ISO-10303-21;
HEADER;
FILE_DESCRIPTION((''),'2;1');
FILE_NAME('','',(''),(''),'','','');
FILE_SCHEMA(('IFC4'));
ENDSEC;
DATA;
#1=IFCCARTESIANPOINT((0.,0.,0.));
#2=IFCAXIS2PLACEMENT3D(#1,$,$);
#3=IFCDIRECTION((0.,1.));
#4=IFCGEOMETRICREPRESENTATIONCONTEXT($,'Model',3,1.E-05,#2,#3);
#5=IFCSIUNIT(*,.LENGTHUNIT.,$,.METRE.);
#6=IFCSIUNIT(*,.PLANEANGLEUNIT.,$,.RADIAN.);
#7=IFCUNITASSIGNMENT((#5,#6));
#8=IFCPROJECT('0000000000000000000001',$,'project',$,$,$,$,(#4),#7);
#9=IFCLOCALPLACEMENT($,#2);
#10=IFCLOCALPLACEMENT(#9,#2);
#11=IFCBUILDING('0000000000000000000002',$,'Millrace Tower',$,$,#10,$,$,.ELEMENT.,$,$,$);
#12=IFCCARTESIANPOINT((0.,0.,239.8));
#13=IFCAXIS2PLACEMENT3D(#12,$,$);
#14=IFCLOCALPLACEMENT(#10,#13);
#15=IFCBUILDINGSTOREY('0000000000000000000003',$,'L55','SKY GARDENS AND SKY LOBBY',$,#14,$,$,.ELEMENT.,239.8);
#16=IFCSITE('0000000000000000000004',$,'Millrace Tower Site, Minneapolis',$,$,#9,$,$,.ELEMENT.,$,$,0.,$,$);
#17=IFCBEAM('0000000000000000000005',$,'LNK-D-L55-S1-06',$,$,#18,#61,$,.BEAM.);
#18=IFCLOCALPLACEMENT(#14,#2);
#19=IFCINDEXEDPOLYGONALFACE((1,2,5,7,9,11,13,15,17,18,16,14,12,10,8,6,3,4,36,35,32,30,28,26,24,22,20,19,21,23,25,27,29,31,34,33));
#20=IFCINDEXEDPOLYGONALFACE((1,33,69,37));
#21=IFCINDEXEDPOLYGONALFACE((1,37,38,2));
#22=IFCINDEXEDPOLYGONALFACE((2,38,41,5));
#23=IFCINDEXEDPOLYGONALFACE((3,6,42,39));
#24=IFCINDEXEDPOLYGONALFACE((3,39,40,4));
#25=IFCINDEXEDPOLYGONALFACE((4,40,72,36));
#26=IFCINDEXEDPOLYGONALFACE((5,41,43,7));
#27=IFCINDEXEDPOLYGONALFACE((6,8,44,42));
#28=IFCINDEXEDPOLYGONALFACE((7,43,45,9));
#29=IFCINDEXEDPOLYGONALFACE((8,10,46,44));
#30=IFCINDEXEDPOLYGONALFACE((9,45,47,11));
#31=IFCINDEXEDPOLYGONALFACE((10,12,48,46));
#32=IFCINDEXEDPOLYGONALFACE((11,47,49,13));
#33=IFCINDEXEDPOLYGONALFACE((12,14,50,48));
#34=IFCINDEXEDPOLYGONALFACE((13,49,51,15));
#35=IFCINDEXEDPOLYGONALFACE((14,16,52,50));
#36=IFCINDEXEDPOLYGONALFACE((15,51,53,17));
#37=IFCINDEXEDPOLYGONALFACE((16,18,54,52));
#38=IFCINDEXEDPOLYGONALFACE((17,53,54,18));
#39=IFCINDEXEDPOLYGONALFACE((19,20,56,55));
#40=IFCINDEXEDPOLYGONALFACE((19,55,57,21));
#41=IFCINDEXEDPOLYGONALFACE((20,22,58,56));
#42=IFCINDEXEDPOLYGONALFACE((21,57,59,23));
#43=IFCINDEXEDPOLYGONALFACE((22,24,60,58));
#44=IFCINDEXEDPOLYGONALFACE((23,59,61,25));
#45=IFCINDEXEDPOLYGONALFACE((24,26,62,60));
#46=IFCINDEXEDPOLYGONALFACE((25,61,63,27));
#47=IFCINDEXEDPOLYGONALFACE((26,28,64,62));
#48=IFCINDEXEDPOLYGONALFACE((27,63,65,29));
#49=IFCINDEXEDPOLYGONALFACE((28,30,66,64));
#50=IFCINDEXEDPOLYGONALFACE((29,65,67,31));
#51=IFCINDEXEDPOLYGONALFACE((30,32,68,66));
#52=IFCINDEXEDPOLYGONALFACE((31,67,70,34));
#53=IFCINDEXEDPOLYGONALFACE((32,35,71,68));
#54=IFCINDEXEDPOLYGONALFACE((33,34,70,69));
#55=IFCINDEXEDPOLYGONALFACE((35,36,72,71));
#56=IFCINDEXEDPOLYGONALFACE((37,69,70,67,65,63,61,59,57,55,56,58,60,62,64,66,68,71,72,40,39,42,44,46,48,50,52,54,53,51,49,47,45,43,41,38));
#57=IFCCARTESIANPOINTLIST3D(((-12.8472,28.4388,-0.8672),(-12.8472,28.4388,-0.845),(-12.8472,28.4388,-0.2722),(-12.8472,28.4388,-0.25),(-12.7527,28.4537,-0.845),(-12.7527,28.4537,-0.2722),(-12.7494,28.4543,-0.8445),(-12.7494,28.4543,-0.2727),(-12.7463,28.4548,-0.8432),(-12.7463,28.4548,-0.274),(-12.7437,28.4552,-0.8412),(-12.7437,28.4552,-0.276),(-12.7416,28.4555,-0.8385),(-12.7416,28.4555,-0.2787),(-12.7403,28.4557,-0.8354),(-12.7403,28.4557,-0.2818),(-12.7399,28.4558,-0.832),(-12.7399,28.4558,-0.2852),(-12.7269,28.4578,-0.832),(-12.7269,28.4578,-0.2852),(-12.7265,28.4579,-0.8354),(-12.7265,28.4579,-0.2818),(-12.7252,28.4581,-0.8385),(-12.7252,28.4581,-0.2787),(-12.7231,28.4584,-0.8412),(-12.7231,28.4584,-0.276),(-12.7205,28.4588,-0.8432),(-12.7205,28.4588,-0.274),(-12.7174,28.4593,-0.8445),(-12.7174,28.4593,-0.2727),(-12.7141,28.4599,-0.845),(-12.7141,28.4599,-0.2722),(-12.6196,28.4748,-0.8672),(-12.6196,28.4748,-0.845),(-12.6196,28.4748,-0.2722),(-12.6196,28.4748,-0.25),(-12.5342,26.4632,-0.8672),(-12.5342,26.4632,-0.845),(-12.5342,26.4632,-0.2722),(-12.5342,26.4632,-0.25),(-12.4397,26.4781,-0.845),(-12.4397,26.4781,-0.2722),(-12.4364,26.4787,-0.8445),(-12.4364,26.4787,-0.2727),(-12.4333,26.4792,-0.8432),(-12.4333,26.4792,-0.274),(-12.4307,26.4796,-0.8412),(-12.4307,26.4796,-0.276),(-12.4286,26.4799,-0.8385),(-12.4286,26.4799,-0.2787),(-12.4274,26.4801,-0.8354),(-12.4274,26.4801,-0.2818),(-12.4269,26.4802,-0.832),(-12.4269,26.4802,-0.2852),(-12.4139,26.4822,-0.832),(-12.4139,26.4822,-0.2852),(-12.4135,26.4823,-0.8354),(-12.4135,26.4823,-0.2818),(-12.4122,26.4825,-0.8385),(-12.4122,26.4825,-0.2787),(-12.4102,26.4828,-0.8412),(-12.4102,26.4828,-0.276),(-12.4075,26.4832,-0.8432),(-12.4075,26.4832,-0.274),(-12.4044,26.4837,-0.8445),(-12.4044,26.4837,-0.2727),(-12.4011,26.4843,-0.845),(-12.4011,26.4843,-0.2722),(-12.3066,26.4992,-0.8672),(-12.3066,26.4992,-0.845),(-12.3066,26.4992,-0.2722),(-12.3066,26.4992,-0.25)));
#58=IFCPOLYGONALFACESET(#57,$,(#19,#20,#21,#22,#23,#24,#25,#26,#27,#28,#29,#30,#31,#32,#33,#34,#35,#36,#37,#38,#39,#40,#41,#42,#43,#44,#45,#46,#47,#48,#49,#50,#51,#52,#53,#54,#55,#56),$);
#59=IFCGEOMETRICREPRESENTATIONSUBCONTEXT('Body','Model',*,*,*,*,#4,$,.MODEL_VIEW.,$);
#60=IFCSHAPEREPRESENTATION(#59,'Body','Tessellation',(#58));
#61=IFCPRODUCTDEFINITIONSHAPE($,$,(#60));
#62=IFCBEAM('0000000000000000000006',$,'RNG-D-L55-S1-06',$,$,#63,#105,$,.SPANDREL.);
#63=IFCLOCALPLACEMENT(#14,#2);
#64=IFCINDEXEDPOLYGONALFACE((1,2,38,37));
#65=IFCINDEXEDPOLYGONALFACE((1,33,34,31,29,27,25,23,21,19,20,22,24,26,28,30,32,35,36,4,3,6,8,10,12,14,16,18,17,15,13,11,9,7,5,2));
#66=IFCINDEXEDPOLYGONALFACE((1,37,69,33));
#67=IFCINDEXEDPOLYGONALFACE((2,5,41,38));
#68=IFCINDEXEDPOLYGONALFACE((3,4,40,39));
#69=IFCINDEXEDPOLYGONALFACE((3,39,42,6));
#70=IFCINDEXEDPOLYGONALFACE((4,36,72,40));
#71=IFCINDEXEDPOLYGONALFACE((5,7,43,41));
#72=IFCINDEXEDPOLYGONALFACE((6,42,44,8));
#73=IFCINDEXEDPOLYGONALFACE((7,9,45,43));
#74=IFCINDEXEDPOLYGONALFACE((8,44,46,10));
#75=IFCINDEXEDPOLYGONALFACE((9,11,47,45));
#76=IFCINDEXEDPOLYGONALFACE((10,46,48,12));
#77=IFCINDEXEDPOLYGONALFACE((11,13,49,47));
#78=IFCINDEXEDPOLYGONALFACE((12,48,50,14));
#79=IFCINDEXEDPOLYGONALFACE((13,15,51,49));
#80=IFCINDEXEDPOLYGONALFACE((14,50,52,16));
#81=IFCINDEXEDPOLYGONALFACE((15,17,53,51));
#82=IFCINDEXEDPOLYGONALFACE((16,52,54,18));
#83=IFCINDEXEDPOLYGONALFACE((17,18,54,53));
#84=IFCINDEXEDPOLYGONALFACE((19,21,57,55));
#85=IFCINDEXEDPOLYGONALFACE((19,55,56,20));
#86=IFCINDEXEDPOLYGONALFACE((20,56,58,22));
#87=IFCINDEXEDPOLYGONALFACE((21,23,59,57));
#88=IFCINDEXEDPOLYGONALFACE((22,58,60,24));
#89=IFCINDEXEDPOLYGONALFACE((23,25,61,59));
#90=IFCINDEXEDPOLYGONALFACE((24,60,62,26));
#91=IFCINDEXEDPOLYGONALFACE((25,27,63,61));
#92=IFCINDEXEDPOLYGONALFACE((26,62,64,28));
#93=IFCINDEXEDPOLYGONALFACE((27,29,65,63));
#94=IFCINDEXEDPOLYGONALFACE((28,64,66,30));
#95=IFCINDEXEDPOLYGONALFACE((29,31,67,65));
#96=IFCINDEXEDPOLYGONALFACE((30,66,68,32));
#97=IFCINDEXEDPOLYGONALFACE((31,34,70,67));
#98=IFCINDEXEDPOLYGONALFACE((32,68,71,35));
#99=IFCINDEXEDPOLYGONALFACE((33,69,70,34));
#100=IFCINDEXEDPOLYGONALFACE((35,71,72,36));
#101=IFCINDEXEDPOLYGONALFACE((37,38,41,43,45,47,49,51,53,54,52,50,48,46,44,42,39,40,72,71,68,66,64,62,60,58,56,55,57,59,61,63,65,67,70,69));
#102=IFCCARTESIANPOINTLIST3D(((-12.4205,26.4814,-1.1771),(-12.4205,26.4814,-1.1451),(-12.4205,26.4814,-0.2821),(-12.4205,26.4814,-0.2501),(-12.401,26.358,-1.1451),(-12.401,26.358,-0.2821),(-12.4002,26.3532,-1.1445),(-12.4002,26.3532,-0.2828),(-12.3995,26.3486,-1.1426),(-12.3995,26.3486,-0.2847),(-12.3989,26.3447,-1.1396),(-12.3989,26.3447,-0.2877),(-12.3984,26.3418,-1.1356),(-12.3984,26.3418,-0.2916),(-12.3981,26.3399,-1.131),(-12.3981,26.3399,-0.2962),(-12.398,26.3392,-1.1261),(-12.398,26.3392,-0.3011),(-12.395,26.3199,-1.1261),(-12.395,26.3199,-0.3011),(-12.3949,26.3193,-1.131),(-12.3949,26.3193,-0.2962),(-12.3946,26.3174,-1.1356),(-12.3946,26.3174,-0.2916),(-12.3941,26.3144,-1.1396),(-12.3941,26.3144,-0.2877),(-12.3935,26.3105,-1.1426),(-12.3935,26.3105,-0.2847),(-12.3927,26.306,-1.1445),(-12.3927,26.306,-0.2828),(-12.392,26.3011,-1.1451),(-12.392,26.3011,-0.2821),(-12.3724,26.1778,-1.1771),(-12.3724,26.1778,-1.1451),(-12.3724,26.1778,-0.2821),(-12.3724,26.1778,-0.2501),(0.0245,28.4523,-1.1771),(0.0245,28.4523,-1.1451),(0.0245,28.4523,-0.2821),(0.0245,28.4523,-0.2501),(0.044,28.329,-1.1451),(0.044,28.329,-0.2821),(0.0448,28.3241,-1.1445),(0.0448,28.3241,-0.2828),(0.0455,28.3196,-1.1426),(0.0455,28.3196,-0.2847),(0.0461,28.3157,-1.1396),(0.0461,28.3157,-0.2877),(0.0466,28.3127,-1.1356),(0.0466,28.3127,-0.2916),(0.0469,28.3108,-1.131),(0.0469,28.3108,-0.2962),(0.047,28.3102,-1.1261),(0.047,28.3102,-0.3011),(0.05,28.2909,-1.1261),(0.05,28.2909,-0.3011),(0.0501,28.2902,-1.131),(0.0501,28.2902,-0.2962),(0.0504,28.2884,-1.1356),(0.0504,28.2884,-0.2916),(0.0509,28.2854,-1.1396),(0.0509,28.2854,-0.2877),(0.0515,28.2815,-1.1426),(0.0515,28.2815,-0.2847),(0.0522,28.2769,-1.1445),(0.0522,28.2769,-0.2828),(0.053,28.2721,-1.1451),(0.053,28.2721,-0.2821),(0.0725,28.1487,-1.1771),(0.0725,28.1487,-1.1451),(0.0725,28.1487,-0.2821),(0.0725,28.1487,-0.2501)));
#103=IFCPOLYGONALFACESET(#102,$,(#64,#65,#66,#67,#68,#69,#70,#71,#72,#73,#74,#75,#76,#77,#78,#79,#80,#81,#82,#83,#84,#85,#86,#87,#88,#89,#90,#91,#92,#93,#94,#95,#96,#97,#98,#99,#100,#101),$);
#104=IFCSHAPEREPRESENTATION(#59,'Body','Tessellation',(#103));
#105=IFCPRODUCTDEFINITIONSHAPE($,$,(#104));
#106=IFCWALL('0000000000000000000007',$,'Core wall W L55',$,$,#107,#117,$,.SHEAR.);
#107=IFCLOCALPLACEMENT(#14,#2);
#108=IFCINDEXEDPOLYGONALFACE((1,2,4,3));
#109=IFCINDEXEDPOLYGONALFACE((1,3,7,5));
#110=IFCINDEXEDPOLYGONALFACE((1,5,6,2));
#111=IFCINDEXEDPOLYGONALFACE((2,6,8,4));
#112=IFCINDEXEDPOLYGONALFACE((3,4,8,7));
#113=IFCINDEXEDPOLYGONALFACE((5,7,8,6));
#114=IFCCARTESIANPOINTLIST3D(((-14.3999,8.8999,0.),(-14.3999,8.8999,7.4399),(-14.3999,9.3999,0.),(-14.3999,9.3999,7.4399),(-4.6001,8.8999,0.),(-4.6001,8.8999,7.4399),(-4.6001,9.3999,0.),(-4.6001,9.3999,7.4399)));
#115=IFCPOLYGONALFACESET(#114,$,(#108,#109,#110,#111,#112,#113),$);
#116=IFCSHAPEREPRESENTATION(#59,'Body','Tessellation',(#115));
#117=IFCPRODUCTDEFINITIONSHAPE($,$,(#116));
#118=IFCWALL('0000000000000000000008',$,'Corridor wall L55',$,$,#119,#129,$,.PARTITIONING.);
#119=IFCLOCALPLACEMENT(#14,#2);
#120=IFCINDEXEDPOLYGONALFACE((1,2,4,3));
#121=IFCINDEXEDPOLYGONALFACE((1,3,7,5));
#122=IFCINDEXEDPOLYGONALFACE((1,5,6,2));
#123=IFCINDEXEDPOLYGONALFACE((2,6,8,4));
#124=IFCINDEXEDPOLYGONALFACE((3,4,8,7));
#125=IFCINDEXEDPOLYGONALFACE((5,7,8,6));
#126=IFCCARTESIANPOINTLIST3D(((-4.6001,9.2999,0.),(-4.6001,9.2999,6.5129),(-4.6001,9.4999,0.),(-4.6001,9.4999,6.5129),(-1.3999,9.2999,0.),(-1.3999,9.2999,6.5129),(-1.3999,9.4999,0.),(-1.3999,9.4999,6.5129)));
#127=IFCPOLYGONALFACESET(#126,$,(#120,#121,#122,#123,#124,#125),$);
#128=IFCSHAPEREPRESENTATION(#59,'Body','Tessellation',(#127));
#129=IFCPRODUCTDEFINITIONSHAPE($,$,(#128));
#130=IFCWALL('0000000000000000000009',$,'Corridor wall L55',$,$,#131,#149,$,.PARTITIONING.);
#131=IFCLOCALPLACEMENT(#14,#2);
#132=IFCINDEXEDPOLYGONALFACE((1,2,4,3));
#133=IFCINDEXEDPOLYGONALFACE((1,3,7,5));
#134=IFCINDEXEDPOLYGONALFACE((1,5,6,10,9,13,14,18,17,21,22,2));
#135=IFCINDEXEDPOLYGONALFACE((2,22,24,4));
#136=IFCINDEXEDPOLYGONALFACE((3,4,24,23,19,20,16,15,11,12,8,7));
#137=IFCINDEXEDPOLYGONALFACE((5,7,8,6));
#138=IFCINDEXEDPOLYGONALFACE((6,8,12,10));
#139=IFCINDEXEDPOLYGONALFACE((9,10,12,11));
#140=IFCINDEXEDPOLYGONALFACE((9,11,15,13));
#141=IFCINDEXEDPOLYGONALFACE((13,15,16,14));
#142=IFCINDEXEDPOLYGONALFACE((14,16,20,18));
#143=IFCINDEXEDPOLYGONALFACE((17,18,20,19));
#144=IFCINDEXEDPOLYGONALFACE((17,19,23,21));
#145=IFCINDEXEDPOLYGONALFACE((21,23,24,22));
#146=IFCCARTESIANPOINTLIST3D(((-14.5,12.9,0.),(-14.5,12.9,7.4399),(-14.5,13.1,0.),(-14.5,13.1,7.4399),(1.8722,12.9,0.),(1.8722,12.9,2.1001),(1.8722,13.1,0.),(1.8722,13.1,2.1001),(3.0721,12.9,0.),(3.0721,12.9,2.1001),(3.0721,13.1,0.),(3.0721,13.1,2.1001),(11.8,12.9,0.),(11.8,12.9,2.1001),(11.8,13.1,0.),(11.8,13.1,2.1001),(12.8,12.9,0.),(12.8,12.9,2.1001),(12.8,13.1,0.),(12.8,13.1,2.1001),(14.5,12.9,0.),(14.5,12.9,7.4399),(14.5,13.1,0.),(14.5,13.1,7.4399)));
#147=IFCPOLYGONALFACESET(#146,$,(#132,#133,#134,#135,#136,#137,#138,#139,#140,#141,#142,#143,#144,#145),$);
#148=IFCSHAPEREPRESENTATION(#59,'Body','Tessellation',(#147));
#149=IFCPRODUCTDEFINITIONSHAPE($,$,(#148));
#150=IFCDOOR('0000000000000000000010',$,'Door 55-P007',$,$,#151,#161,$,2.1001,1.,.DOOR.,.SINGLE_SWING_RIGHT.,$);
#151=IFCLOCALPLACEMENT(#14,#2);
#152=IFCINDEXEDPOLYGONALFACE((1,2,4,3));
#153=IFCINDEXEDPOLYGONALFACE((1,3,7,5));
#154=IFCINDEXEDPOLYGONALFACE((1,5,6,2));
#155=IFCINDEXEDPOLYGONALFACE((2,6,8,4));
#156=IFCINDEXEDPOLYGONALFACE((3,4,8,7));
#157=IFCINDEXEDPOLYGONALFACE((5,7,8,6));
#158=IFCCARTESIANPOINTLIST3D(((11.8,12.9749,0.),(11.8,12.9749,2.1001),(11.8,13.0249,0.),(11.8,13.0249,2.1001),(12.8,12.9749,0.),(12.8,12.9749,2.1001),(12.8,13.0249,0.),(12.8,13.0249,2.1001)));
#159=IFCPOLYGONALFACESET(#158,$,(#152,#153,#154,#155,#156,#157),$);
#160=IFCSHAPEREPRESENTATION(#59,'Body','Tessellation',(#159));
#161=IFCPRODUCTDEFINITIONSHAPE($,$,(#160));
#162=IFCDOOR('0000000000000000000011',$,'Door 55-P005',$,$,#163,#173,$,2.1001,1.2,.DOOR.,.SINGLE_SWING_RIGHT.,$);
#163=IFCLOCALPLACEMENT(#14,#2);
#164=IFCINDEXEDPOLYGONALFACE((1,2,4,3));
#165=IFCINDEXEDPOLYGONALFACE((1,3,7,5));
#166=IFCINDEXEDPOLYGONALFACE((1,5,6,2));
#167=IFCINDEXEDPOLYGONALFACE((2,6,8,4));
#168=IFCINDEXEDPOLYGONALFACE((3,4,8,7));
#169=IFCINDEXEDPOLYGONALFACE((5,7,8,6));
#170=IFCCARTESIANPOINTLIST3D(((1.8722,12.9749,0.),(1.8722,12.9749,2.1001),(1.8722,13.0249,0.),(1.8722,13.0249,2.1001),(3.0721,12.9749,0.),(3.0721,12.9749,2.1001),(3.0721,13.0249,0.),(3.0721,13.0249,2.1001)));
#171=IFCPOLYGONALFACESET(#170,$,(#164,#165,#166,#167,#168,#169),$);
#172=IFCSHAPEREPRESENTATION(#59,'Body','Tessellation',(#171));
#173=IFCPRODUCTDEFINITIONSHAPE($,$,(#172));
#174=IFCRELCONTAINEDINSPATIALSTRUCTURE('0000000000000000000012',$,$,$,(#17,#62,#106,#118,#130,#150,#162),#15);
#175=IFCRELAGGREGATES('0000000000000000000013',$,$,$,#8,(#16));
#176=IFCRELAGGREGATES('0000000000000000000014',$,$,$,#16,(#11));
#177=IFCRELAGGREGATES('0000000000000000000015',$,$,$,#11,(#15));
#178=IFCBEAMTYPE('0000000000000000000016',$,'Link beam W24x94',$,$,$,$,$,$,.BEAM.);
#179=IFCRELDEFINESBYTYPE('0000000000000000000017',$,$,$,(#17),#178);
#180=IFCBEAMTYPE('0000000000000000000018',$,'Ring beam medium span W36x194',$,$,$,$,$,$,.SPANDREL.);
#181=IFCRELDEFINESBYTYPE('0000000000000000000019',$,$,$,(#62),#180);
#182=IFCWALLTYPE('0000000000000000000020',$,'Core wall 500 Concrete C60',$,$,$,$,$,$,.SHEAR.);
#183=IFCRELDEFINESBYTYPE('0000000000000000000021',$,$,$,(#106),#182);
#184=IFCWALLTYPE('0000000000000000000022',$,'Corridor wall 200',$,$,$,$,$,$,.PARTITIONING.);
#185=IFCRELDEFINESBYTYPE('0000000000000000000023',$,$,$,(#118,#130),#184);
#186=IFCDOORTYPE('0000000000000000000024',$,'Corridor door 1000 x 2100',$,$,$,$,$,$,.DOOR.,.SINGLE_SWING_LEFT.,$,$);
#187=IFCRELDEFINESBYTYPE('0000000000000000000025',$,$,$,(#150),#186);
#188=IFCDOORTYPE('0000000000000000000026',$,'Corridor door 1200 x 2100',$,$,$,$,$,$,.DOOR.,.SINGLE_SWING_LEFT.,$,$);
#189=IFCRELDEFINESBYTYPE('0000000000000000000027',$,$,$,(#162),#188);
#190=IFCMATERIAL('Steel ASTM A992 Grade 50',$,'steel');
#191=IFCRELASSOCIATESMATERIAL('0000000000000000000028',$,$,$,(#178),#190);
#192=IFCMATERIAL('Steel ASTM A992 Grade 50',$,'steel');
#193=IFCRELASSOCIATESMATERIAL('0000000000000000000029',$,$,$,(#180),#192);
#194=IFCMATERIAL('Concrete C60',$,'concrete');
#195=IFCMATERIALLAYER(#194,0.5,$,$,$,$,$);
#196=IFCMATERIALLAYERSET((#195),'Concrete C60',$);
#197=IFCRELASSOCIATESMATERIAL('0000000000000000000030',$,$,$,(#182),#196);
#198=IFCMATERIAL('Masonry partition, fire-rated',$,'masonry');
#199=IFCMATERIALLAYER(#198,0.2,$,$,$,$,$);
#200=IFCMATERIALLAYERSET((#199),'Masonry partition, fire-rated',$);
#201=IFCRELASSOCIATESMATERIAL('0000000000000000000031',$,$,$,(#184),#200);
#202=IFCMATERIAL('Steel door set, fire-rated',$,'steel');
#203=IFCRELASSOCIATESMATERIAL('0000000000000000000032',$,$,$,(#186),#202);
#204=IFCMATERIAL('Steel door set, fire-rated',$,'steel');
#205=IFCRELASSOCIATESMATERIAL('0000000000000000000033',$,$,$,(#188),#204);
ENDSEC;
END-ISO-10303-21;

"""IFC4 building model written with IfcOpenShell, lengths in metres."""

from ifc_helpers import new_model, si_unit, direction, frame, frame_2d, origin, origin_2d, place, context, subcontext, project, spatial, rectangle, i_section, extrude, material, layer, layer_set, material_profile, profile_set, type_object, element, fill, save


model = new_model("IFC4")

# Units and contexts
model_context = context("Model", 3, precision=1e-05, world=origin(), true_north=direction((0.0, 1.0)))
body_context = subcontext(model_context, "Body", "Model", "MODEL_VIEW")
ifc_project = project(units=[si_unit("LENGTHUNIT", "METRE"), si_unit("PLANEANGLEUNIT", "RADIAN")], contexts=[model_context])

# Site, building, storey
site_placement = place(None, origin())
site = spatial("IfcSite", under=ifc_project, at=site_placement, Name="Millrace Tower Site, Minneapolis", CompositionType="ELEMENT", RefElevation=0.0)
building_placement = place(site_placement, origin())
building = spatial("IfcBuilding", under=site, at=building_placement, Name="Millrace Tower", CompositionType="ELEMENT")
storey_placement = place(building_placement, frame((0.0, 0.0, 239.8)))
storey = spatial("IfcBuildingStorey", under=building, at=storey_placement, Name="L55", Description="SKY GARDENS AND SKY LOBBY", CompositionType="ELEMENT", Elevation=239.8)

# Beams
ifc_material_1 = material(Name="Steel ASTM A992 Grade 50", Category="steel")
ifc_material_profile_1 = material_profile(ifc_material_1, i_section(OverallWidth=0.2305, OverallDepth=0.6172, WebThickness=0.0132, FlangeThickness=0.0222, FilletRadius=0.0129, at=origin_2d()))
ifc_profile_set_1 = profile_set([ifc_material_profile_1], Name="Steel ASTM A992 Grade 50")
beam_type_1 = type_object("IfcBeamType", Name="Link beam W24x94", PredefinedType="BEAM", material=ifc_profile_set_1)
beam_1_placement = place(storey_placement, frame((-12.4204, 26.4812, -0.5586), z_axis=(-0.156477, 0.987682, 0.0), x_axis=(-0.987682, -0.156477, 0.0)))
element("IfcBeam", 1, at=beam_1_placement, inside=storey, type_object=beam_type_1, Name="LNK-D-L55-S1-06", PredefinedType="BEAM", context=body_context, shape_type="SweptSolid", body=[
    extrude(i_section(OverallWidth=0.2305, OverallDepth=0.6172, WebThickness=0.0132, FlangeThickness=0.0222, FilletRadius=0.0129, at=origin_2d()), origin(), (0.0, 0.0, 1.0), 2.0002),
])
ifc_material_2 = material(Name="Steel ASTM A992 Grade 50", Category="steel")
ifc_material_profile_2 = material_profile(ifc_material_2, i_section(OverallWidth=0.3074, OverallDepth=0.927, WebThickness=0.0195, FlangeThickness=0.032, FilletRadius=0.019, at=origin_2d()))
ifc_profile_set_2 = profile_set([ifc_material_profile_2], Name="Steel ASTM A992 Grade 50")
beam_type_2 = type_object("IfcBeamType", Name="Ring beam medium span W36x194", PredefinedType="SPANDREL", material=ifc_profile_set_2)
beam_2_placement = place(storey_placement, frame((-12.3965, 26.3296, -0.7136), z_axis=(0.98769, 0.156422, 0.0), x_axis=(-0.156422, 0.98769, 0.0)))
element("IfcBeam", 2, at=beam_2_placement, inside=storey, type_object=beam_type_2, Name="RNG-D-L55-S1-06", PredefinedType="SPANDREL", context=body_context, shape_type="SweptSolid", body=[
    extrude(i_section(OverallWidth=0.3074, OverallDepth=0.927, WebThickness=0.0195, FlangeThickness=0.032, FilletRadius=0.019, at=origin_2d()), origin(), (0.0, 0.0, 1.0), 12.6001),
])

# Walls
ifc_material_3 = material(Name="Concrete C60", Category="concrete")
ifc_layer_1 = layer(ifc_material_3, 0.5)
ifc_layer_set_1 = layer_set([ifc_layer_1], Name="Concrete C60")
wall_type_1 = type_object("IfcWallType", Name="Core wall 500 Concrete C60", PredefinedType="SHEAR", material=ifc_layer_set_1)
wall_1_placement = place(storey_placement, frame((-14.3999, 9.1499, 0.0), z_axis=(0.0, 0.0, 1.0), x_axis=(1.0, 0.0, 0.0)))
element("IfcWall", 3, at=wall_1_placement, inside=storey, type_object=wall_type_1, Name="Core wall W L55", PredefinedType="SHEAR", context=body_context, shape_type="SweptSolid", body=[
    extrude(rectangle(XDim=9.7998, YDim=0.5, at=frame_2d((4.8999, 0.0))), origin(), (0.0, 0.0, 1.0), 7.4399),
])
ifc_material_4 = material(Name="Masonry partition, fire-rated", Category="masonry")
ifc_layer_2 = layer(ifc_material_4, 0.2)
ifc_layer_set_2 = layer_set([ifc_layer_2], Name="Masonry partition, fire-rated")
wall_type_2 = type_object("IfcWallType", Name="Corridor wall 200", PredefinedType="PARTITIONING", material=ifc_layer_set_2)
wall_2_placement = place(storey_placement, frame((-4.6001, 9.3999, 0.0), z_axis=(0.0, 0.0, 1.0), x_axis=(1.0, 0.0, 0.0)))
element("IfcWall", 4, at=wall_2_placement, inside=storey, type_object=wall_type_2, Name="Corridor wall L55", PredefinedType="PARTITIONING", context=body_context, shape_type="SweptSolid", body=[
    extrude(rectangle(XDim=3.2002, YDim=0.2, at=frame_2d((1.6001, 0.0))), origin(), (0.0, 0.0, 1.0), 6.5129),
])

# Wall, openings, doors
wall_3_placement = place(storey_placement, frame((-14.5, 13.0, 0.0), z_axis=(0.0, 0.0, 1.0), x_axis=(1.0, 0.0, 0.0)))
wall_3 = element("IfcWall", 5, at=wall_3_placement, inside=storey, type_object=wall_type_2, Name="Corridor wall L55", PredefinedType="PARTITIONING", context=body_context, shape_type="SweptSolid", body=[
    extrude(rectangle(XDim=29.0, YDim=0.2, at=frame_2d((14.5, 0.0))), origin(), (0.0, 0.0, 1.0), 7.4399),
])
opening_1_placement = place(wall_3_placement, frame((16.3721, 0.0, 0.0)))
opening_1 = element("IfcOpeningElement", 6, at=opening_1_placement, cuts=wall_3, PredefinedType="OPENING", context=body_context, shape_type="SweptSolid", body=[
    extrude(rectangle(XDim=1.2, YDim=2.1001, at=frame_2d((0.6001, 1.05))), frame((0.0, 0.1099, 0.0), z_axis=(0.0, -1.0, 0.0), x_axis=(1.0, 0.0, 0.0)), (0.0, 0.0, 1.0), 0.22),
])
opening_2_placement = place(wall_3_placement, frame((26.3, 0.0, 0.0)))
opening_2 = element("IfcOpeningElement", 7, at=opening_2_placement, cuts=wall_3, PredefinedType="OPENING", context=body_context, shape_type="SweptSolid", body=[
    extrude(rectangle(XDim=1.0, YDim=2.1001, at=frame_2d((0.5, 1.05))), frame((0.0, 0.1099, 0.0), z_axis=(0.0, -1.0, 0.0), x_axis=(1.0, 0.0, 0.0)), (0.0, 0.0, 1.0), 0.22),
])
ifc_material_5 = material(Name="Steel door set, fire-rated", Category="steel")
door_type_1 = type_object("IfcDoorType", Name="Corridor door 1000 x 2100", OperationType="SINGLE_SWING_LEFT", PredefinedType="DOOR", material=ifc_material_5)
door_1_placement = place(opening_2_placement, origin())
door_1 = element("IfcDoor", 8, at=door_1_placement, inside=storey, type_object=door_type_1, Name="Door 55-P007", OperationType="SINGLE_SWING_RIGHT", OverallHeight=2.1001, OverallWidth=1.0, PredefinedType="DOOR", context=body_context, shape_type="SweptSolid", body=[
    extrude(rectangle(XDim=1.0, YDim=2.1001, at=frame_2d((0.5, 1.05))), frame((0.0, 0.0249, 0.0), z_axis=(0.0, -1.0, 0.0), x_axis=(1.0, 0.0, 0.0)), (0.0, 0.0, 1.0), 0.05),
])
fill(opening_2, door_1)
ifc_material_6 = material(Name="Steel door set, fire-rated", Category="steel")
door_type_2 = type_object("IfcDoorType", Name="Corridor door 1200 x 2100", OperationType="SINGLE_SWING_LEFT", PredefinedType="DOOR", material=ifc_material_6)
door_2_placement = place(opening_1_placement, origin())
door_2 = element("IfcDoor", 9, at=door_2_placement, inside=storey, type_object=door_type_2, Name="Door 55-P005", OperationType="SINGLE_SWING_RIGHT", OverallHeight=2.1001, OverallWidth=1.2, PredefinedType="DOOR", context=body_context, shape_type="SweptSolid", body=[
    extrude(rectangle(XDim=1.2, YDim=2.1001, at=frame_2d((0.6001, 1.05))), frame((0.0, 0.0249, 0.0), z_axis=(0.0, -1.0, 0.0), x_axis=(1.0, 0.0, 0.0)), (0.0, 0.0, 1.0), 0.05),
])
fill(opening_1, door_2)

save(model, "model.ifc")
